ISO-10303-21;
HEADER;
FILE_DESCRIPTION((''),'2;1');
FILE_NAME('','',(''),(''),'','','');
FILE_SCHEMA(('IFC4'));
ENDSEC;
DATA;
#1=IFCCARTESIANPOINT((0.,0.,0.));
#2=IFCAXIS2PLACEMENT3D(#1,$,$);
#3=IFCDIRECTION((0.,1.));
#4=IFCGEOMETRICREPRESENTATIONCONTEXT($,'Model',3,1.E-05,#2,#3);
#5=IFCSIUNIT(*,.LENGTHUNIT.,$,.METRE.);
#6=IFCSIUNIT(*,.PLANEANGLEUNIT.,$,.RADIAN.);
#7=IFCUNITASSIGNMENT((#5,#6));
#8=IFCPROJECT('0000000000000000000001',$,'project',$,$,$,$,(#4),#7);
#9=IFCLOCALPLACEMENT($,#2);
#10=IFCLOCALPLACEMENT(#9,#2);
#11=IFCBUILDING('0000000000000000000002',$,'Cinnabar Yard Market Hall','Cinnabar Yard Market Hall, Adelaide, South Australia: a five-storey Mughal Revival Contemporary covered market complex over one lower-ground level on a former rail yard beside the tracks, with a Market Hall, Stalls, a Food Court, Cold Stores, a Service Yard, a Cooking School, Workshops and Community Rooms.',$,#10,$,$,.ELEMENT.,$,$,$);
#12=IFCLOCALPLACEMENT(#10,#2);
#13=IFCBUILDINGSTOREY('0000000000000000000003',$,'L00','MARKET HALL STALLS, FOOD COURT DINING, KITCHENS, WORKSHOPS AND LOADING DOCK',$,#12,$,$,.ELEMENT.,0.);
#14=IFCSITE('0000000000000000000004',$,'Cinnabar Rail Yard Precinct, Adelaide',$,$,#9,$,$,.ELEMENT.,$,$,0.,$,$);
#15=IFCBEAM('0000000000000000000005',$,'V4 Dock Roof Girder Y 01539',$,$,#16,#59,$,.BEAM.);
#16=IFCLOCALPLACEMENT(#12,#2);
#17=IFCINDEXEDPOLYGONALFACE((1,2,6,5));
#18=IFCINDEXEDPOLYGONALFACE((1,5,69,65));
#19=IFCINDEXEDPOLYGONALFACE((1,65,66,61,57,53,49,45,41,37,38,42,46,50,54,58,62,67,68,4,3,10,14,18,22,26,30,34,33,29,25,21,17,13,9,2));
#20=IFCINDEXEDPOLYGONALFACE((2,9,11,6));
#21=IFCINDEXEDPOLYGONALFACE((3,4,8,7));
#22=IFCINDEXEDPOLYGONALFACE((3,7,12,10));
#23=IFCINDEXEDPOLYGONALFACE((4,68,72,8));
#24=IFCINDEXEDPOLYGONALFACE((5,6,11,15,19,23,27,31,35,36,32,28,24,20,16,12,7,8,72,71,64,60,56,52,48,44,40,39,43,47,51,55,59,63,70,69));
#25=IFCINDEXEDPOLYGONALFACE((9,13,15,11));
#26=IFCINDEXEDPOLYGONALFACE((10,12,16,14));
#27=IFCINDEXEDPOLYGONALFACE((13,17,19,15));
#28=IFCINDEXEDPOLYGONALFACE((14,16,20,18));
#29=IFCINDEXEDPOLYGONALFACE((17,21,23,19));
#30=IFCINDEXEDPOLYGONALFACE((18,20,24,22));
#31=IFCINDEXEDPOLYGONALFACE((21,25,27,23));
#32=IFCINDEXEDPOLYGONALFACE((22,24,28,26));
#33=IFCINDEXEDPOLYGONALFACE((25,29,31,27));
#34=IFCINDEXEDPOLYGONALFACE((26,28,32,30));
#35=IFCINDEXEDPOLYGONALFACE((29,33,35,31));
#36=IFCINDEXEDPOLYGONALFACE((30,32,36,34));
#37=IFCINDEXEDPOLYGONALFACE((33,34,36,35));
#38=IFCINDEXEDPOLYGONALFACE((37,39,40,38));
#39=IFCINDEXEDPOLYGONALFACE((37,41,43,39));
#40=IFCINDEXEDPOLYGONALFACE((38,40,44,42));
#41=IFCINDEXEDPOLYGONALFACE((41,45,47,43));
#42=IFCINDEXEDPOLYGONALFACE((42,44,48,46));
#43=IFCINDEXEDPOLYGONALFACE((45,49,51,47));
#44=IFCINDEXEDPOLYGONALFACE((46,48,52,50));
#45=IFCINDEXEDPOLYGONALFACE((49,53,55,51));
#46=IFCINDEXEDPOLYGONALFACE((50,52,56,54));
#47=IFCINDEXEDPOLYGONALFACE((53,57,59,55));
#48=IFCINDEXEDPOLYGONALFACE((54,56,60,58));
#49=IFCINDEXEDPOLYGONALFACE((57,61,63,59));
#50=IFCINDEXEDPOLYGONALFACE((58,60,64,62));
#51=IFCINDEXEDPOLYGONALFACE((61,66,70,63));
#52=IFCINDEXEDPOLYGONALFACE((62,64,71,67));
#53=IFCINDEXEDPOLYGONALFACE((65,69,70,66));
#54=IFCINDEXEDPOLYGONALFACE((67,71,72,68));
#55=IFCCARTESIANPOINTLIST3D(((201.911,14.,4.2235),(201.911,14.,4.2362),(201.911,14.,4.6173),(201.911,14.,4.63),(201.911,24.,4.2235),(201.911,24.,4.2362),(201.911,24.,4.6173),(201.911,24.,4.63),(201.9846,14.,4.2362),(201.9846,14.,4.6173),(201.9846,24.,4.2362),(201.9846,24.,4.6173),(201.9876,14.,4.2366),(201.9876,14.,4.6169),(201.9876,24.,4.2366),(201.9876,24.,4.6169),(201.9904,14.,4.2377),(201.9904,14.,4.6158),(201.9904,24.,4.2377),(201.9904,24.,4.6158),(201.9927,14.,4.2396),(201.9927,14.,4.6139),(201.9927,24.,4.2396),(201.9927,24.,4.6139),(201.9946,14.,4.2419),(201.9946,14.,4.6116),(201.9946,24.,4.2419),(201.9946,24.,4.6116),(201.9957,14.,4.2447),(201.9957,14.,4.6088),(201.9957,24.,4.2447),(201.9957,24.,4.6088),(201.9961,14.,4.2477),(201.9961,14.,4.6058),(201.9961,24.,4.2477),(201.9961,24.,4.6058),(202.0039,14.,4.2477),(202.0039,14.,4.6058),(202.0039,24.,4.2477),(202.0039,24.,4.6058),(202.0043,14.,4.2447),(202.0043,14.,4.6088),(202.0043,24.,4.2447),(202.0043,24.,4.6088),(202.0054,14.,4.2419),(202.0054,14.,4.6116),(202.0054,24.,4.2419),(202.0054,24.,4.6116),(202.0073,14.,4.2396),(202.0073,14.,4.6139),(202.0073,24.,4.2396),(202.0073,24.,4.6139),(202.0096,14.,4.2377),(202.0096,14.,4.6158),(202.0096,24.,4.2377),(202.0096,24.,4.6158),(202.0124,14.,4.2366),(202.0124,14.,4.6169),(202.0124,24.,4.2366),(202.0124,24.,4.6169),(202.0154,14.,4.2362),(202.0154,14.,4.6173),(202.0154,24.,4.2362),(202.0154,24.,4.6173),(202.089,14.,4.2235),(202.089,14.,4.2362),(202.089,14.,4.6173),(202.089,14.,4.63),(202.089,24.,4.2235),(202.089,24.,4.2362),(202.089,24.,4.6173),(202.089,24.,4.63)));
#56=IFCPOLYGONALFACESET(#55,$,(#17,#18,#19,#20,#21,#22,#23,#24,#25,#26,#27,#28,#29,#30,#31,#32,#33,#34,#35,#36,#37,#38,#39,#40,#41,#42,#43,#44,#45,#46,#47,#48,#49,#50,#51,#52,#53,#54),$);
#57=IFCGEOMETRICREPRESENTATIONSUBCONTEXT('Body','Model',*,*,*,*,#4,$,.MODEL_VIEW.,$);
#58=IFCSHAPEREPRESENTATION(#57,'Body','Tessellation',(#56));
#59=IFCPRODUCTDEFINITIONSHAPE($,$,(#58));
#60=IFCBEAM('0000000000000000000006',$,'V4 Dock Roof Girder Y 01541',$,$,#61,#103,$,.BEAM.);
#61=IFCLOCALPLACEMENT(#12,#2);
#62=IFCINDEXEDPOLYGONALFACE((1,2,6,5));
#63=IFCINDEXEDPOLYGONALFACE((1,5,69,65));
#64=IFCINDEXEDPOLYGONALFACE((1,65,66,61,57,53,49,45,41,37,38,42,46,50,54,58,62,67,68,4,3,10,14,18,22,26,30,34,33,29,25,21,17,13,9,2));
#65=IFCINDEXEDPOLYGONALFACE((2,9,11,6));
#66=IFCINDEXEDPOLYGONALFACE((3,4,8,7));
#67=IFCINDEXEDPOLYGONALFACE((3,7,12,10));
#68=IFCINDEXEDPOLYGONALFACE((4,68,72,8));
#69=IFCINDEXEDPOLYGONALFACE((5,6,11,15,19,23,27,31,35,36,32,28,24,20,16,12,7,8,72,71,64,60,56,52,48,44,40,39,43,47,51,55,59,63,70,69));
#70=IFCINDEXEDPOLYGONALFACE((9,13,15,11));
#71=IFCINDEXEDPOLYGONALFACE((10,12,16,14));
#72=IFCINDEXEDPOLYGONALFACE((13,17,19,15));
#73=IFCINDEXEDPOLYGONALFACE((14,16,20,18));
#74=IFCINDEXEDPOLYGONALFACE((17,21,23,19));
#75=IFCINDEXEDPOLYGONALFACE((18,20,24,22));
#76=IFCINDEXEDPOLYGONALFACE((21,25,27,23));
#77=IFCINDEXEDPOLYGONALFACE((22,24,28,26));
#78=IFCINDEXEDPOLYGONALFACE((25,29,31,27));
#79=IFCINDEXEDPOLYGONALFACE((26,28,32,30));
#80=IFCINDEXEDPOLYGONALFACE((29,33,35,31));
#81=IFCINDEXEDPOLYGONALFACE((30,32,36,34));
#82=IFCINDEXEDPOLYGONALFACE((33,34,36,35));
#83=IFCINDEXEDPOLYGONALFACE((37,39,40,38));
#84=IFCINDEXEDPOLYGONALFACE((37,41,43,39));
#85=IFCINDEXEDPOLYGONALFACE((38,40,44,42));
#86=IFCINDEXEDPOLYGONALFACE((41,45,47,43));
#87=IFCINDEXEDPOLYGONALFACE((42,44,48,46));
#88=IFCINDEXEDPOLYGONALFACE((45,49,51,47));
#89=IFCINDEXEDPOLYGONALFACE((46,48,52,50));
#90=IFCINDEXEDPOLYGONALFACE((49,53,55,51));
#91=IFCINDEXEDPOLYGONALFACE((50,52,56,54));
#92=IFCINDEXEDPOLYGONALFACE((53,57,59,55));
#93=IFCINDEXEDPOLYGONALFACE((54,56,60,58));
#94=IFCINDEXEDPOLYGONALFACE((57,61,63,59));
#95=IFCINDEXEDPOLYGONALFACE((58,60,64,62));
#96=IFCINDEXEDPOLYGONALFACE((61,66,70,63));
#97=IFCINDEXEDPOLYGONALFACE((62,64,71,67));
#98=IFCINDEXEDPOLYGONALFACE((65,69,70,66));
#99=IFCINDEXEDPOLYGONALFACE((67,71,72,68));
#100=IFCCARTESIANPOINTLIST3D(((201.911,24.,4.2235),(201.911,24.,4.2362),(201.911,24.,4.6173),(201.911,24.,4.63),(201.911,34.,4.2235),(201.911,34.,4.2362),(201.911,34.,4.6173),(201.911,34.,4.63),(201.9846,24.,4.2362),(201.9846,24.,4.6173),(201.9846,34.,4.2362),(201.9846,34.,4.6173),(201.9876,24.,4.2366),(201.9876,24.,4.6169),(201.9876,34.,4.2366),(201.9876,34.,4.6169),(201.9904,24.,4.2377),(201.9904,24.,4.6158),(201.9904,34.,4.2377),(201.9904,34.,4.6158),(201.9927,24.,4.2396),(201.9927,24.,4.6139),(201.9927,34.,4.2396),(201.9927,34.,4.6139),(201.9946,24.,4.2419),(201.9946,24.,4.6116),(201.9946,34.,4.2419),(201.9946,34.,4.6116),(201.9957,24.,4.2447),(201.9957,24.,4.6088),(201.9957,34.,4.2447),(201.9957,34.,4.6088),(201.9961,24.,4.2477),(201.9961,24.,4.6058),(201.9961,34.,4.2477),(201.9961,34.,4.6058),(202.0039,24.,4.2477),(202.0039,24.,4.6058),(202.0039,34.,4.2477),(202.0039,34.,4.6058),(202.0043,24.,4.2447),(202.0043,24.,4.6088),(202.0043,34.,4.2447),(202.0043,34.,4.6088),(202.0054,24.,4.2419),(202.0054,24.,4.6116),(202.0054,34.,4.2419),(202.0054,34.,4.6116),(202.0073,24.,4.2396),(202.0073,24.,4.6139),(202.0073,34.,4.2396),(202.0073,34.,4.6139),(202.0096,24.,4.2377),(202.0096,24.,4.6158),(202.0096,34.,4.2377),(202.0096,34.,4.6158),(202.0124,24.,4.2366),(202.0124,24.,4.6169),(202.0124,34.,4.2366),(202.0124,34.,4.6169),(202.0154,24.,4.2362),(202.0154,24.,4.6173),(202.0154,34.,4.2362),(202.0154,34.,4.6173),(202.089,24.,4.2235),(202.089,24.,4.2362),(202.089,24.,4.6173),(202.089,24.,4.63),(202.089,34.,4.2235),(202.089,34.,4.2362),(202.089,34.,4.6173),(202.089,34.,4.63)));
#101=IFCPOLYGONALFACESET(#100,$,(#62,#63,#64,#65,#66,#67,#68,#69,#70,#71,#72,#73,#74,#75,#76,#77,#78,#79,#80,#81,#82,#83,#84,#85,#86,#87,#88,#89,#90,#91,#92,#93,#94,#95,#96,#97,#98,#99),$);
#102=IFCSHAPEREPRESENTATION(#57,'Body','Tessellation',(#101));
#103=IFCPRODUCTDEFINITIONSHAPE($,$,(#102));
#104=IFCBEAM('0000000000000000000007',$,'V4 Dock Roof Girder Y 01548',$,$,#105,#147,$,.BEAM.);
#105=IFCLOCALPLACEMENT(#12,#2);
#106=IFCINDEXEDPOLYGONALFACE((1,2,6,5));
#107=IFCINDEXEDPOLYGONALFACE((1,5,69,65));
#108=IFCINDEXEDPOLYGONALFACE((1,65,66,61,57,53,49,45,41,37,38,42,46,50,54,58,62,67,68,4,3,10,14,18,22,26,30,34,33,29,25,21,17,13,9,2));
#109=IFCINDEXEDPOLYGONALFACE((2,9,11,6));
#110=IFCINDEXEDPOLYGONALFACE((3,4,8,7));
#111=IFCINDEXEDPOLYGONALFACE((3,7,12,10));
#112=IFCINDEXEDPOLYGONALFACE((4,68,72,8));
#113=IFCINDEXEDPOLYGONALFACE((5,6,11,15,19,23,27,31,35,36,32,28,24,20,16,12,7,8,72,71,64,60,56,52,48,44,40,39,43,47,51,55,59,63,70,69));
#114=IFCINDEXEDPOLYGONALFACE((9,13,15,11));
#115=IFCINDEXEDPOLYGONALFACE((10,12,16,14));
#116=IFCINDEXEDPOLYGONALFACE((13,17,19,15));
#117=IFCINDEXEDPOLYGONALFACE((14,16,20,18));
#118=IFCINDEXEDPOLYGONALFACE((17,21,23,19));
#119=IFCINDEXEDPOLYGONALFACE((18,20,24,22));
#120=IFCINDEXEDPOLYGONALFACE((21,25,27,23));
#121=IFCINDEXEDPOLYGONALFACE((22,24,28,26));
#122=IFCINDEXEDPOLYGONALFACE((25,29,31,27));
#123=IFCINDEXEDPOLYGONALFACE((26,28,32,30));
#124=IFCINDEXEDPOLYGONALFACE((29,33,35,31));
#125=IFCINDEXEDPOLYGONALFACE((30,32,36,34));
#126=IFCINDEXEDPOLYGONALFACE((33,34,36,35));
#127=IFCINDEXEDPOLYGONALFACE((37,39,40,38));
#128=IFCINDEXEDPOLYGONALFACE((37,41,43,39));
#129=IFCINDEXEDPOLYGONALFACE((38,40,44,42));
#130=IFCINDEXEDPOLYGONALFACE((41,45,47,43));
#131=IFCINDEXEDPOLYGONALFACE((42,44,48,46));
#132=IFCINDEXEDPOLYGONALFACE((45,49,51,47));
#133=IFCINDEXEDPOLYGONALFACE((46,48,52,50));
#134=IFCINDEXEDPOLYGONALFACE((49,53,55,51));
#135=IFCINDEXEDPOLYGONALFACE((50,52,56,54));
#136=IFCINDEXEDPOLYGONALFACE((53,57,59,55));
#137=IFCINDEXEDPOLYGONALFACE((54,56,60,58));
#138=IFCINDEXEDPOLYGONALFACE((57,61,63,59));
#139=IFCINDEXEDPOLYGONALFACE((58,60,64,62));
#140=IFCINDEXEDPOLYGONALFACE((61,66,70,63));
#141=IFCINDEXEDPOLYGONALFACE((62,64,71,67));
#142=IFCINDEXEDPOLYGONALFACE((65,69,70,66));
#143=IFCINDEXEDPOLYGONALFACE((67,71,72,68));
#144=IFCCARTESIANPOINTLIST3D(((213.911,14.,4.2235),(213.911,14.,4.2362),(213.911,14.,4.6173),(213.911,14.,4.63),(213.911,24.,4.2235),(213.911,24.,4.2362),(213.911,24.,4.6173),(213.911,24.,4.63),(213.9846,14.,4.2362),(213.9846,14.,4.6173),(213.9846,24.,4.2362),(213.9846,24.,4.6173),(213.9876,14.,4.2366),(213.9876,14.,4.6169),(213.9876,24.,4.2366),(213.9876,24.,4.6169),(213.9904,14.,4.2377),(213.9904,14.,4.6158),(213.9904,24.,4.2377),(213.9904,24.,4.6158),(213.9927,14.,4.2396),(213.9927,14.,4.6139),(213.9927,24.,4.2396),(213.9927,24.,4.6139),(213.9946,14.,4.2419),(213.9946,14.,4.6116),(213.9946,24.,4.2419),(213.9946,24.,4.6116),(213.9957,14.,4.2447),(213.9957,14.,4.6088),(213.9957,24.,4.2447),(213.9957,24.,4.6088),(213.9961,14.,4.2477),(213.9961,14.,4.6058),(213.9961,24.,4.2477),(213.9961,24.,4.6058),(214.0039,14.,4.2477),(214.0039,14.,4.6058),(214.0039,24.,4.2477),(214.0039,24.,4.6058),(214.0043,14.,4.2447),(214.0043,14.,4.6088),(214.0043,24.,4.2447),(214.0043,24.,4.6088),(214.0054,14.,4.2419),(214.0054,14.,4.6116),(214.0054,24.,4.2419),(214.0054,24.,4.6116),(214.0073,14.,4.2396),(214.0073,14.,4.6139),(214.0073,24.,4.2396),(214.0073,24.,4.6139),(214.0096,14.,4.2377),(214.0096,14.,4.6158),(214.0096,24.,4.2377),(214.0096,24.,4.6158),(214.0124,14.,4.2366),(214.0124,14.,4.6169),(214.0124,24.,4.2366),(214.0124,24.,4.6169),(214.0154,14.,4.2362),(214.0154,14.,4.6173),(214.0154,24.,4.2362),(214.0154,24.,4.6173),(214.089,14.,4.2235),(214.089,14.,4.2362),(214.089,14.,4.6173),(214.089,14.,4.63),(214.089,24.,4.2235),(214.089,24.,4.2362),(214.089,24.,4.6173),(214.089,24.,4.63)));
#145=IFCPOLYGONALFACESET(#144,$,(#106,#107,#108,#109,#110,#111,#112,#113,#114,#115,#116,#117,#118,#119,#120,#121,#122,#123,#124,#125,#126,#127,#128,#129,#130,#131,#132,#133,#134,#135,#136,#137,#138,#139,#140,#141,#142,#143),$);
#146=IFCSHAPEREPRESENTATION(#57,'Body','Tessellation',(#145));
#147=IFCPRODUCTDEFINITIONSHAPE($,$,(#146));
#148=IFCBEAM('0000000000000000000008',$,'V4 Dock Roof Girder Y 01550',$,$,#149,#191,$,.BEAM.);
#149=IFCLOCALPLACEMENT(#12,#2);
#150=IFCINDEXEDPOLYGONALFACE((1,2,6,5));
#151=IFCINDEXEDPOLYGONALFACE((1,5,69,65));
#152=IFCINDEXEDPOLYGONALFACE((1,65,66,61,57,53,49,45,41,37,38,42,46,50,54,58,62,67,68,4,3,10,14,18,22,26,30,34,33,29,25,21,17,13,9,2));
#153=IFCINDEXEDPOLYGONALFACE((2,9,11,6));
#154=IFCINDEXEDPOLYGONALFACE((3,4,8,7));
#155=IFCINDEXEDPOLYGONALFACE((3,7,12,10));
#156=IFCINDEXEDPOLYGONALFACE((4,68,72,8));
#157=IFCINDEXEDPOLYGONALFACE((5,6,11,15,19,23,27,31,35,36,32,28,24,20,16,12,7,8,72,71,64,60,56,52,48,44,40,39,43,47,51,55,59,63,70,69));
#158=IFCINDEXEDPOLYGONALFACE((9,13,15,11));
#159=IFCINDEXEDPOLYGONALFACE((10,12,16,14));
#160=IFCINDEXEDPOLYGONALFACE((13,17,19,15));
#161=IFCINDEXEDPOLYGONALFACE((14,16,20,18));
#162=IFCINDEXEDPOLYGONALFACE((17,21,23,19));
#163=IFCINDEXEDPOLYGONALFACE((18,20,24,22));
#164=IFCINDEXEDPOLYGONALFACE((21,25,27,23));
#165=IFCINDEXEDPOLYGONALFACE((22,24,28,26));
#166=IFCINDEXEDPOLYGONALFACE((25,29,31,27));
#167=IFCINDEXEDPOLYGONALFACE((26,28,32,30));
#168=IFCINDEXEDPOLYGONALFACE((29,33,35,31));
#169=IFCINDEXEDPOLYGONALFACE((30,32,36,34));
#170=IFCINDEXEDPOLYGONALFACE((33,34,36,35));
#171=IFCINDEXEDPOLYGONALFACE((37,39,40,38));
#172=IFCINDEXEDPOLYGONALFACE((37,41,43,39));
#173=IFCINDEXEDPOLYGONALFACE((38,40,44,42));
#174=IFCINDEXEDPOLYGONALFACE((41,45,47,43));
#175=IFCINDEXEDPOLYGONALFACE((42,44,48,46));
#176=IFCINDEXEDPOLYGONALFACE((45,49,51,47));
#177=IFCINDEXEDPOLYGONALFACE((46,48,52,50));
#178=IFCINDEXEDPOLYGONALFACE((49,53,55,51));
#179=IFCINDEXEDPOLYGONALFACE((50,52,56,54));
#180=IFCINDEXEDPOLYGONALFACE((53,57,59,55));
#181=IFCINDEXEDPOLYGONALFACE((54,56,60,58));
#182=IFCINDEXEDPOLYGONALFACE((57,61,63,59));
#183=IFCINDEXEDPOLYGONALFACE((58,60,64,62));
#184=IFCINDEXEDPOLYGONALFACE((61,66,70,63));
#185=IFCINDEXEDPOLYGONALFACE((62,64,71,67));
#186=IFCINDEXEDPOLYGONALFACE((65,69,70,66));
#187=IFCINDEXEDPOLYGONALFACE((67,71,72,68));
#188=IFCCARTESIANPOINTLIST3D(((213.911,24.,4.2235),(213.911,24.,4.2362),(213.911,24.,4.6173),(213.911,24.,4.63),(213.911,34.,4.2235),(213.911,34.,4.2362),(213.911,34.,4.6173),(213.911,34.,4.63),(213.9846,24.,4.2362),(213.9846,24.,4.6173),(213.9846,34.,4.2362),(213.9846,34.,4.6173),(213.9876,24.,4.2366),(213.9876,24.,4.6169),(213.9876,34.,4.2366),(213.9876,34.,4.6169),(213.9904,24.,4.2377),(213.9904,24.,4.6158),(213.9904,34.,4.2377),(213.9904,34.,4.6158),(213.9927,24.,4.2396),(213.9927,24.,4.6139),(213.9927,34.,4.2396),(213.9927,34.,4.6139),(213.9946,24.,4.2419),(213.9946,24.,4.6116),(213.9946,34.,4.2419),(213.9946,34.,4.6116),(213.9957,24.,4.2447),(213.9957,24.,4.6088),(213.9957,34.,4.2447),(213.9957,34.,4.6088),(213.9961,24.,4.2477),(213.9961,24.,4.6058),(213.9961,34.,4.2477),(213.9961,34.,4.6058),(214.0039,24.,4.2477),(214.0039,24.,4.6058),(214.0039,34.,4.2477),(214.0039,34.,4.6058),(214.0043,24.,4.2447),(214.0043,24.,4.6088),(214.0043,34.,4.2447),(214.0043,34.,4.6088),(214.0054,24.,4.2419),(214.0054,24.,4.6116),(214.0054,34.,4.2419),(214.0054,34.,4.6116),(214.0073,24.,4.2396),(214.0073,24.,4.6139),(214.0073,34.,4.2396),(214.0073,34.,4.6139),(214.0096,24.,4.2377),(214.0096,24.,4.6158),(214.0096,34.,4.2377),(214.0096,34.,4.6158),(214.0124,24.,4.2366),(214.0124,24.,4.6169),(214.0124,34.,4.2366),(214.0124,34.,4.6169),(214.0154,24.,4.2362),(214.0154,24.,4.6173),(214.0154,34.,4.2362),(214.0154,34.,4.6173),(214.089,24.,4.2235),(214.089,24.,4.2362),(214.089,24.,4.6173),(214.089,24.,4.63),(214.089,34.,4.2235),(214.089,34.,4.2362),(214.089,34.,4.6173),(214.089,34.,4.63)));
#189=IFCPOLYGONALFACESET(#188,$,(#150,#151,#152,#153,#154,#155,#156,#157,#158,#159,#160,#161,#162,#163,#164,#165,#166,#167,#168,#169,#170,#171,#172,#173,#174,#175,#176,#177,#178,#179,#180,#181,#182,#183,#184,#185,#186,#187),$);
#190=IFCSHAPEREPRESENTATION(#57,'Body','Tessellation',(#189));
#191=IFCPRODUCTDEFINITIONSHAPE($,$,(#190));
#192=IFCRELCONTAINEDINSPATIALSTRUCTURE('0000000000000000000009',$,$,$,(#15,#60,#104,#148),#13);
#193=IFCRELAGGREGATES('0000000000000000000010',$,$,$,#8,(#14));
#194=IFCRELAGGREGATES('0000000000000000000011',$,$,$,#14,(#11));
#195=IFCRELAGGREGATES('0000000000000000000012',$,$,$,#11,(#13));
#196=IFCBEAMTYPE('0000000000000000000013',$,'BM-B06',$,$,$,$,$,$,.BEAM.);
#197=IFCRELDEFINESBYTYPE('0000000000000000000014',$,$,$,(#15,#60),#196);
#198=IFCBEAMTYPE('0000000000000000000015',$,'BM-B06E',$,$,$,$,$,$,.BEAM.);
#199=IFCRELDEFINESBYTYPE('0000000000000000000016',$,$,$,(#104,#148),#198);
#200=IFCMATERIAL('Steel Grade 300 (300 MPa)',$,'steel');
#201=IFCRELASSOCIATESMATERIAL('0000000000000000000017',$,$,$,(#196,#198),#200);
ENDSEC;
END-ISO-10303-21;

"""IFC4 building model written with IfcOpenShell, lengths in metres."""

from ifc_helpers import new_model, si_unit, direction, frame, origin, origin_2d_with_axis, place, context, subcontext, project, spatial, i_section, extrude, material, material_profile, profile_set, type_object, element, save


model = new_model("IFC4")

# Units and contexts
model_context = context("Model", 3, precision=1e-05, world=origin(), true_north=direction((0.0, 1.0)))
body_context = subcontext(model_context, "Body", "Model", "MODEL_VIEW")
ifc_project = project(units=[si_unit("LENGTHUNIT", "METRE"), si_unit("PLANEANGLEUNIT", "RADIAN")], contexts=[model_context])

# Site, building, storey
site_placement = place(None, origin())
site = spatial("IfcSite", under=ifc_project, at=site_placement, Name="Cinnabar Rail Yard Precinct, Adelaide", CompositionType="ELEMENT", RefElevation=0.0)
building_placement = place(site_placement, origin())
building = spatial("IfcBuilding", under=site, at=building_placement, Name="Cinnabar Yard Market Hall", Description="Cinnabar Yard Market Hall, Adelaide, South Australia: a five-storey Mughal Revival Contemporary covered market complex over one lower-ground level on a former rail yard beside the tracks, with a Market Hall, Stalls, a Food Court, Cold Stores, a Service Yard, a Cooking School, Workshops and Community Rooms.", CompositionType="ELEMENT")
storey_placement = place(building_placement, origin())
storey = spatial("IfcBuildingStorey", under=building, at=storey_placement, Name="L00", Description="MARKET HALL STALLS, FOOD COURT DINING, KITCHENS, WORKSHOPS AND LOADING DOCK", CompositionType="ELEMENT", Elevation=0.0)

# Shared definitions
ifc_material_1 = material(Name="Steel Grade 300 (300 MPa)", Category="steel")

# Beams
ifc_material_profile_1 = material_profile(ifc_material_1, i_section(OverallWidth=0.178, OverallDepth=0.4065, WebThickness=0.0078, FlangeThickness=0.0127, FilletRadius=0.0115, at=origin_2d_with_axis()), Name="410UB59.7")
ifc_profile_set_1 = profile_set([ifc_material_profile_1], Name="Steel Grade 300 (300 MPa)")
beam_type_1 = type_object("IfcBeamType", Name="BM-B06", PredefinedType="BEAM", material=ifc_profile_set_1)
for number, where, z_axis, x_axis, name in (
    (1, (202.0, 14.0, 4.4268), (0.0, 1.0, 0.0), (-1.0, 0.0, 0.0), "V4 Dock Roof Girder Y 01539"),
    (2, (202.0, 24.0, 4.4268), (0.0, 1.0, 0.0), (-1.0, 0.0, 0.0), "V4 Dock Roof Girder Y 01541"),
):
    element("IfcBeam", number, at=place(storey_placement, frame(where, z_axis=z_axis, x_axis=x_axis)), inside=storey, type_object=beam_type_1, Name=name, PredefinedType="BEAM", context=body_context, shape_type="SweptSolid", body=[
        extrude(i_section(OverallWidth=0.178, OverallDepth=0.4065, WebThickness=0.0078, FlangeThickness=0.0127, FilletRadius=0.0115, at=origin_2d_with_axis()), origin(), (0.0, 0.0, 1.0), 10.0),
    ])
ifc_material_profile_2 = material_profile(ifc_material_1, i_section(OverallWidth=0.178, OverallDepth=0.4065, WebThickness=0.0078, FlangeThickness=0.0127, FilletRadius=0.0115, at=origin_2d_with_axis()), Name="410UB59.7")
ifc_profile_set_2 = profile_set([ifc_material_profile_2], Name="Steel Grade 300 (300 MPa)")
beam_type_2 = type_object("IfcBeamType", Name="BM-B06E", PredefinedType="BEAM", material=ifc_profile_set_2)
for number, where, z_axis, x_axis, name in (
    (3, (214.0, 14.0, 4.4268), (0.0, 1.0, 0.0), (-1.0, 0.0, 0.0), "V4 Dock Roof Girder Y 01548"),
    (4, (214.0, 24.0, 4.4268), (0.0, 1.0, 0.0), (-1.0, 0.0, 0.0), "V4 Dock Roof Girder Y 01550"),
):
    element("IfcBeam", number, at=place(storey_placement, frame(where, z_axis=z_axis, x_axis=x_axis)), inside=storey, type_object=beam_type_2, Name=name, PredefinedType="BEAM", context=body_context, shape_type="SweptSolid", body=[
        extrude(i_section(OverallWidth=0.178, OverallDepth=0.4065, WebThickness=0.0078, FlangeThickness=0.0127, FilletRadius=0.0115, at=origin_2d_with_axis()), origin(), (0.0, 0.0, 1.0), 10.0),
    ])

save(model, "model.ifc")
